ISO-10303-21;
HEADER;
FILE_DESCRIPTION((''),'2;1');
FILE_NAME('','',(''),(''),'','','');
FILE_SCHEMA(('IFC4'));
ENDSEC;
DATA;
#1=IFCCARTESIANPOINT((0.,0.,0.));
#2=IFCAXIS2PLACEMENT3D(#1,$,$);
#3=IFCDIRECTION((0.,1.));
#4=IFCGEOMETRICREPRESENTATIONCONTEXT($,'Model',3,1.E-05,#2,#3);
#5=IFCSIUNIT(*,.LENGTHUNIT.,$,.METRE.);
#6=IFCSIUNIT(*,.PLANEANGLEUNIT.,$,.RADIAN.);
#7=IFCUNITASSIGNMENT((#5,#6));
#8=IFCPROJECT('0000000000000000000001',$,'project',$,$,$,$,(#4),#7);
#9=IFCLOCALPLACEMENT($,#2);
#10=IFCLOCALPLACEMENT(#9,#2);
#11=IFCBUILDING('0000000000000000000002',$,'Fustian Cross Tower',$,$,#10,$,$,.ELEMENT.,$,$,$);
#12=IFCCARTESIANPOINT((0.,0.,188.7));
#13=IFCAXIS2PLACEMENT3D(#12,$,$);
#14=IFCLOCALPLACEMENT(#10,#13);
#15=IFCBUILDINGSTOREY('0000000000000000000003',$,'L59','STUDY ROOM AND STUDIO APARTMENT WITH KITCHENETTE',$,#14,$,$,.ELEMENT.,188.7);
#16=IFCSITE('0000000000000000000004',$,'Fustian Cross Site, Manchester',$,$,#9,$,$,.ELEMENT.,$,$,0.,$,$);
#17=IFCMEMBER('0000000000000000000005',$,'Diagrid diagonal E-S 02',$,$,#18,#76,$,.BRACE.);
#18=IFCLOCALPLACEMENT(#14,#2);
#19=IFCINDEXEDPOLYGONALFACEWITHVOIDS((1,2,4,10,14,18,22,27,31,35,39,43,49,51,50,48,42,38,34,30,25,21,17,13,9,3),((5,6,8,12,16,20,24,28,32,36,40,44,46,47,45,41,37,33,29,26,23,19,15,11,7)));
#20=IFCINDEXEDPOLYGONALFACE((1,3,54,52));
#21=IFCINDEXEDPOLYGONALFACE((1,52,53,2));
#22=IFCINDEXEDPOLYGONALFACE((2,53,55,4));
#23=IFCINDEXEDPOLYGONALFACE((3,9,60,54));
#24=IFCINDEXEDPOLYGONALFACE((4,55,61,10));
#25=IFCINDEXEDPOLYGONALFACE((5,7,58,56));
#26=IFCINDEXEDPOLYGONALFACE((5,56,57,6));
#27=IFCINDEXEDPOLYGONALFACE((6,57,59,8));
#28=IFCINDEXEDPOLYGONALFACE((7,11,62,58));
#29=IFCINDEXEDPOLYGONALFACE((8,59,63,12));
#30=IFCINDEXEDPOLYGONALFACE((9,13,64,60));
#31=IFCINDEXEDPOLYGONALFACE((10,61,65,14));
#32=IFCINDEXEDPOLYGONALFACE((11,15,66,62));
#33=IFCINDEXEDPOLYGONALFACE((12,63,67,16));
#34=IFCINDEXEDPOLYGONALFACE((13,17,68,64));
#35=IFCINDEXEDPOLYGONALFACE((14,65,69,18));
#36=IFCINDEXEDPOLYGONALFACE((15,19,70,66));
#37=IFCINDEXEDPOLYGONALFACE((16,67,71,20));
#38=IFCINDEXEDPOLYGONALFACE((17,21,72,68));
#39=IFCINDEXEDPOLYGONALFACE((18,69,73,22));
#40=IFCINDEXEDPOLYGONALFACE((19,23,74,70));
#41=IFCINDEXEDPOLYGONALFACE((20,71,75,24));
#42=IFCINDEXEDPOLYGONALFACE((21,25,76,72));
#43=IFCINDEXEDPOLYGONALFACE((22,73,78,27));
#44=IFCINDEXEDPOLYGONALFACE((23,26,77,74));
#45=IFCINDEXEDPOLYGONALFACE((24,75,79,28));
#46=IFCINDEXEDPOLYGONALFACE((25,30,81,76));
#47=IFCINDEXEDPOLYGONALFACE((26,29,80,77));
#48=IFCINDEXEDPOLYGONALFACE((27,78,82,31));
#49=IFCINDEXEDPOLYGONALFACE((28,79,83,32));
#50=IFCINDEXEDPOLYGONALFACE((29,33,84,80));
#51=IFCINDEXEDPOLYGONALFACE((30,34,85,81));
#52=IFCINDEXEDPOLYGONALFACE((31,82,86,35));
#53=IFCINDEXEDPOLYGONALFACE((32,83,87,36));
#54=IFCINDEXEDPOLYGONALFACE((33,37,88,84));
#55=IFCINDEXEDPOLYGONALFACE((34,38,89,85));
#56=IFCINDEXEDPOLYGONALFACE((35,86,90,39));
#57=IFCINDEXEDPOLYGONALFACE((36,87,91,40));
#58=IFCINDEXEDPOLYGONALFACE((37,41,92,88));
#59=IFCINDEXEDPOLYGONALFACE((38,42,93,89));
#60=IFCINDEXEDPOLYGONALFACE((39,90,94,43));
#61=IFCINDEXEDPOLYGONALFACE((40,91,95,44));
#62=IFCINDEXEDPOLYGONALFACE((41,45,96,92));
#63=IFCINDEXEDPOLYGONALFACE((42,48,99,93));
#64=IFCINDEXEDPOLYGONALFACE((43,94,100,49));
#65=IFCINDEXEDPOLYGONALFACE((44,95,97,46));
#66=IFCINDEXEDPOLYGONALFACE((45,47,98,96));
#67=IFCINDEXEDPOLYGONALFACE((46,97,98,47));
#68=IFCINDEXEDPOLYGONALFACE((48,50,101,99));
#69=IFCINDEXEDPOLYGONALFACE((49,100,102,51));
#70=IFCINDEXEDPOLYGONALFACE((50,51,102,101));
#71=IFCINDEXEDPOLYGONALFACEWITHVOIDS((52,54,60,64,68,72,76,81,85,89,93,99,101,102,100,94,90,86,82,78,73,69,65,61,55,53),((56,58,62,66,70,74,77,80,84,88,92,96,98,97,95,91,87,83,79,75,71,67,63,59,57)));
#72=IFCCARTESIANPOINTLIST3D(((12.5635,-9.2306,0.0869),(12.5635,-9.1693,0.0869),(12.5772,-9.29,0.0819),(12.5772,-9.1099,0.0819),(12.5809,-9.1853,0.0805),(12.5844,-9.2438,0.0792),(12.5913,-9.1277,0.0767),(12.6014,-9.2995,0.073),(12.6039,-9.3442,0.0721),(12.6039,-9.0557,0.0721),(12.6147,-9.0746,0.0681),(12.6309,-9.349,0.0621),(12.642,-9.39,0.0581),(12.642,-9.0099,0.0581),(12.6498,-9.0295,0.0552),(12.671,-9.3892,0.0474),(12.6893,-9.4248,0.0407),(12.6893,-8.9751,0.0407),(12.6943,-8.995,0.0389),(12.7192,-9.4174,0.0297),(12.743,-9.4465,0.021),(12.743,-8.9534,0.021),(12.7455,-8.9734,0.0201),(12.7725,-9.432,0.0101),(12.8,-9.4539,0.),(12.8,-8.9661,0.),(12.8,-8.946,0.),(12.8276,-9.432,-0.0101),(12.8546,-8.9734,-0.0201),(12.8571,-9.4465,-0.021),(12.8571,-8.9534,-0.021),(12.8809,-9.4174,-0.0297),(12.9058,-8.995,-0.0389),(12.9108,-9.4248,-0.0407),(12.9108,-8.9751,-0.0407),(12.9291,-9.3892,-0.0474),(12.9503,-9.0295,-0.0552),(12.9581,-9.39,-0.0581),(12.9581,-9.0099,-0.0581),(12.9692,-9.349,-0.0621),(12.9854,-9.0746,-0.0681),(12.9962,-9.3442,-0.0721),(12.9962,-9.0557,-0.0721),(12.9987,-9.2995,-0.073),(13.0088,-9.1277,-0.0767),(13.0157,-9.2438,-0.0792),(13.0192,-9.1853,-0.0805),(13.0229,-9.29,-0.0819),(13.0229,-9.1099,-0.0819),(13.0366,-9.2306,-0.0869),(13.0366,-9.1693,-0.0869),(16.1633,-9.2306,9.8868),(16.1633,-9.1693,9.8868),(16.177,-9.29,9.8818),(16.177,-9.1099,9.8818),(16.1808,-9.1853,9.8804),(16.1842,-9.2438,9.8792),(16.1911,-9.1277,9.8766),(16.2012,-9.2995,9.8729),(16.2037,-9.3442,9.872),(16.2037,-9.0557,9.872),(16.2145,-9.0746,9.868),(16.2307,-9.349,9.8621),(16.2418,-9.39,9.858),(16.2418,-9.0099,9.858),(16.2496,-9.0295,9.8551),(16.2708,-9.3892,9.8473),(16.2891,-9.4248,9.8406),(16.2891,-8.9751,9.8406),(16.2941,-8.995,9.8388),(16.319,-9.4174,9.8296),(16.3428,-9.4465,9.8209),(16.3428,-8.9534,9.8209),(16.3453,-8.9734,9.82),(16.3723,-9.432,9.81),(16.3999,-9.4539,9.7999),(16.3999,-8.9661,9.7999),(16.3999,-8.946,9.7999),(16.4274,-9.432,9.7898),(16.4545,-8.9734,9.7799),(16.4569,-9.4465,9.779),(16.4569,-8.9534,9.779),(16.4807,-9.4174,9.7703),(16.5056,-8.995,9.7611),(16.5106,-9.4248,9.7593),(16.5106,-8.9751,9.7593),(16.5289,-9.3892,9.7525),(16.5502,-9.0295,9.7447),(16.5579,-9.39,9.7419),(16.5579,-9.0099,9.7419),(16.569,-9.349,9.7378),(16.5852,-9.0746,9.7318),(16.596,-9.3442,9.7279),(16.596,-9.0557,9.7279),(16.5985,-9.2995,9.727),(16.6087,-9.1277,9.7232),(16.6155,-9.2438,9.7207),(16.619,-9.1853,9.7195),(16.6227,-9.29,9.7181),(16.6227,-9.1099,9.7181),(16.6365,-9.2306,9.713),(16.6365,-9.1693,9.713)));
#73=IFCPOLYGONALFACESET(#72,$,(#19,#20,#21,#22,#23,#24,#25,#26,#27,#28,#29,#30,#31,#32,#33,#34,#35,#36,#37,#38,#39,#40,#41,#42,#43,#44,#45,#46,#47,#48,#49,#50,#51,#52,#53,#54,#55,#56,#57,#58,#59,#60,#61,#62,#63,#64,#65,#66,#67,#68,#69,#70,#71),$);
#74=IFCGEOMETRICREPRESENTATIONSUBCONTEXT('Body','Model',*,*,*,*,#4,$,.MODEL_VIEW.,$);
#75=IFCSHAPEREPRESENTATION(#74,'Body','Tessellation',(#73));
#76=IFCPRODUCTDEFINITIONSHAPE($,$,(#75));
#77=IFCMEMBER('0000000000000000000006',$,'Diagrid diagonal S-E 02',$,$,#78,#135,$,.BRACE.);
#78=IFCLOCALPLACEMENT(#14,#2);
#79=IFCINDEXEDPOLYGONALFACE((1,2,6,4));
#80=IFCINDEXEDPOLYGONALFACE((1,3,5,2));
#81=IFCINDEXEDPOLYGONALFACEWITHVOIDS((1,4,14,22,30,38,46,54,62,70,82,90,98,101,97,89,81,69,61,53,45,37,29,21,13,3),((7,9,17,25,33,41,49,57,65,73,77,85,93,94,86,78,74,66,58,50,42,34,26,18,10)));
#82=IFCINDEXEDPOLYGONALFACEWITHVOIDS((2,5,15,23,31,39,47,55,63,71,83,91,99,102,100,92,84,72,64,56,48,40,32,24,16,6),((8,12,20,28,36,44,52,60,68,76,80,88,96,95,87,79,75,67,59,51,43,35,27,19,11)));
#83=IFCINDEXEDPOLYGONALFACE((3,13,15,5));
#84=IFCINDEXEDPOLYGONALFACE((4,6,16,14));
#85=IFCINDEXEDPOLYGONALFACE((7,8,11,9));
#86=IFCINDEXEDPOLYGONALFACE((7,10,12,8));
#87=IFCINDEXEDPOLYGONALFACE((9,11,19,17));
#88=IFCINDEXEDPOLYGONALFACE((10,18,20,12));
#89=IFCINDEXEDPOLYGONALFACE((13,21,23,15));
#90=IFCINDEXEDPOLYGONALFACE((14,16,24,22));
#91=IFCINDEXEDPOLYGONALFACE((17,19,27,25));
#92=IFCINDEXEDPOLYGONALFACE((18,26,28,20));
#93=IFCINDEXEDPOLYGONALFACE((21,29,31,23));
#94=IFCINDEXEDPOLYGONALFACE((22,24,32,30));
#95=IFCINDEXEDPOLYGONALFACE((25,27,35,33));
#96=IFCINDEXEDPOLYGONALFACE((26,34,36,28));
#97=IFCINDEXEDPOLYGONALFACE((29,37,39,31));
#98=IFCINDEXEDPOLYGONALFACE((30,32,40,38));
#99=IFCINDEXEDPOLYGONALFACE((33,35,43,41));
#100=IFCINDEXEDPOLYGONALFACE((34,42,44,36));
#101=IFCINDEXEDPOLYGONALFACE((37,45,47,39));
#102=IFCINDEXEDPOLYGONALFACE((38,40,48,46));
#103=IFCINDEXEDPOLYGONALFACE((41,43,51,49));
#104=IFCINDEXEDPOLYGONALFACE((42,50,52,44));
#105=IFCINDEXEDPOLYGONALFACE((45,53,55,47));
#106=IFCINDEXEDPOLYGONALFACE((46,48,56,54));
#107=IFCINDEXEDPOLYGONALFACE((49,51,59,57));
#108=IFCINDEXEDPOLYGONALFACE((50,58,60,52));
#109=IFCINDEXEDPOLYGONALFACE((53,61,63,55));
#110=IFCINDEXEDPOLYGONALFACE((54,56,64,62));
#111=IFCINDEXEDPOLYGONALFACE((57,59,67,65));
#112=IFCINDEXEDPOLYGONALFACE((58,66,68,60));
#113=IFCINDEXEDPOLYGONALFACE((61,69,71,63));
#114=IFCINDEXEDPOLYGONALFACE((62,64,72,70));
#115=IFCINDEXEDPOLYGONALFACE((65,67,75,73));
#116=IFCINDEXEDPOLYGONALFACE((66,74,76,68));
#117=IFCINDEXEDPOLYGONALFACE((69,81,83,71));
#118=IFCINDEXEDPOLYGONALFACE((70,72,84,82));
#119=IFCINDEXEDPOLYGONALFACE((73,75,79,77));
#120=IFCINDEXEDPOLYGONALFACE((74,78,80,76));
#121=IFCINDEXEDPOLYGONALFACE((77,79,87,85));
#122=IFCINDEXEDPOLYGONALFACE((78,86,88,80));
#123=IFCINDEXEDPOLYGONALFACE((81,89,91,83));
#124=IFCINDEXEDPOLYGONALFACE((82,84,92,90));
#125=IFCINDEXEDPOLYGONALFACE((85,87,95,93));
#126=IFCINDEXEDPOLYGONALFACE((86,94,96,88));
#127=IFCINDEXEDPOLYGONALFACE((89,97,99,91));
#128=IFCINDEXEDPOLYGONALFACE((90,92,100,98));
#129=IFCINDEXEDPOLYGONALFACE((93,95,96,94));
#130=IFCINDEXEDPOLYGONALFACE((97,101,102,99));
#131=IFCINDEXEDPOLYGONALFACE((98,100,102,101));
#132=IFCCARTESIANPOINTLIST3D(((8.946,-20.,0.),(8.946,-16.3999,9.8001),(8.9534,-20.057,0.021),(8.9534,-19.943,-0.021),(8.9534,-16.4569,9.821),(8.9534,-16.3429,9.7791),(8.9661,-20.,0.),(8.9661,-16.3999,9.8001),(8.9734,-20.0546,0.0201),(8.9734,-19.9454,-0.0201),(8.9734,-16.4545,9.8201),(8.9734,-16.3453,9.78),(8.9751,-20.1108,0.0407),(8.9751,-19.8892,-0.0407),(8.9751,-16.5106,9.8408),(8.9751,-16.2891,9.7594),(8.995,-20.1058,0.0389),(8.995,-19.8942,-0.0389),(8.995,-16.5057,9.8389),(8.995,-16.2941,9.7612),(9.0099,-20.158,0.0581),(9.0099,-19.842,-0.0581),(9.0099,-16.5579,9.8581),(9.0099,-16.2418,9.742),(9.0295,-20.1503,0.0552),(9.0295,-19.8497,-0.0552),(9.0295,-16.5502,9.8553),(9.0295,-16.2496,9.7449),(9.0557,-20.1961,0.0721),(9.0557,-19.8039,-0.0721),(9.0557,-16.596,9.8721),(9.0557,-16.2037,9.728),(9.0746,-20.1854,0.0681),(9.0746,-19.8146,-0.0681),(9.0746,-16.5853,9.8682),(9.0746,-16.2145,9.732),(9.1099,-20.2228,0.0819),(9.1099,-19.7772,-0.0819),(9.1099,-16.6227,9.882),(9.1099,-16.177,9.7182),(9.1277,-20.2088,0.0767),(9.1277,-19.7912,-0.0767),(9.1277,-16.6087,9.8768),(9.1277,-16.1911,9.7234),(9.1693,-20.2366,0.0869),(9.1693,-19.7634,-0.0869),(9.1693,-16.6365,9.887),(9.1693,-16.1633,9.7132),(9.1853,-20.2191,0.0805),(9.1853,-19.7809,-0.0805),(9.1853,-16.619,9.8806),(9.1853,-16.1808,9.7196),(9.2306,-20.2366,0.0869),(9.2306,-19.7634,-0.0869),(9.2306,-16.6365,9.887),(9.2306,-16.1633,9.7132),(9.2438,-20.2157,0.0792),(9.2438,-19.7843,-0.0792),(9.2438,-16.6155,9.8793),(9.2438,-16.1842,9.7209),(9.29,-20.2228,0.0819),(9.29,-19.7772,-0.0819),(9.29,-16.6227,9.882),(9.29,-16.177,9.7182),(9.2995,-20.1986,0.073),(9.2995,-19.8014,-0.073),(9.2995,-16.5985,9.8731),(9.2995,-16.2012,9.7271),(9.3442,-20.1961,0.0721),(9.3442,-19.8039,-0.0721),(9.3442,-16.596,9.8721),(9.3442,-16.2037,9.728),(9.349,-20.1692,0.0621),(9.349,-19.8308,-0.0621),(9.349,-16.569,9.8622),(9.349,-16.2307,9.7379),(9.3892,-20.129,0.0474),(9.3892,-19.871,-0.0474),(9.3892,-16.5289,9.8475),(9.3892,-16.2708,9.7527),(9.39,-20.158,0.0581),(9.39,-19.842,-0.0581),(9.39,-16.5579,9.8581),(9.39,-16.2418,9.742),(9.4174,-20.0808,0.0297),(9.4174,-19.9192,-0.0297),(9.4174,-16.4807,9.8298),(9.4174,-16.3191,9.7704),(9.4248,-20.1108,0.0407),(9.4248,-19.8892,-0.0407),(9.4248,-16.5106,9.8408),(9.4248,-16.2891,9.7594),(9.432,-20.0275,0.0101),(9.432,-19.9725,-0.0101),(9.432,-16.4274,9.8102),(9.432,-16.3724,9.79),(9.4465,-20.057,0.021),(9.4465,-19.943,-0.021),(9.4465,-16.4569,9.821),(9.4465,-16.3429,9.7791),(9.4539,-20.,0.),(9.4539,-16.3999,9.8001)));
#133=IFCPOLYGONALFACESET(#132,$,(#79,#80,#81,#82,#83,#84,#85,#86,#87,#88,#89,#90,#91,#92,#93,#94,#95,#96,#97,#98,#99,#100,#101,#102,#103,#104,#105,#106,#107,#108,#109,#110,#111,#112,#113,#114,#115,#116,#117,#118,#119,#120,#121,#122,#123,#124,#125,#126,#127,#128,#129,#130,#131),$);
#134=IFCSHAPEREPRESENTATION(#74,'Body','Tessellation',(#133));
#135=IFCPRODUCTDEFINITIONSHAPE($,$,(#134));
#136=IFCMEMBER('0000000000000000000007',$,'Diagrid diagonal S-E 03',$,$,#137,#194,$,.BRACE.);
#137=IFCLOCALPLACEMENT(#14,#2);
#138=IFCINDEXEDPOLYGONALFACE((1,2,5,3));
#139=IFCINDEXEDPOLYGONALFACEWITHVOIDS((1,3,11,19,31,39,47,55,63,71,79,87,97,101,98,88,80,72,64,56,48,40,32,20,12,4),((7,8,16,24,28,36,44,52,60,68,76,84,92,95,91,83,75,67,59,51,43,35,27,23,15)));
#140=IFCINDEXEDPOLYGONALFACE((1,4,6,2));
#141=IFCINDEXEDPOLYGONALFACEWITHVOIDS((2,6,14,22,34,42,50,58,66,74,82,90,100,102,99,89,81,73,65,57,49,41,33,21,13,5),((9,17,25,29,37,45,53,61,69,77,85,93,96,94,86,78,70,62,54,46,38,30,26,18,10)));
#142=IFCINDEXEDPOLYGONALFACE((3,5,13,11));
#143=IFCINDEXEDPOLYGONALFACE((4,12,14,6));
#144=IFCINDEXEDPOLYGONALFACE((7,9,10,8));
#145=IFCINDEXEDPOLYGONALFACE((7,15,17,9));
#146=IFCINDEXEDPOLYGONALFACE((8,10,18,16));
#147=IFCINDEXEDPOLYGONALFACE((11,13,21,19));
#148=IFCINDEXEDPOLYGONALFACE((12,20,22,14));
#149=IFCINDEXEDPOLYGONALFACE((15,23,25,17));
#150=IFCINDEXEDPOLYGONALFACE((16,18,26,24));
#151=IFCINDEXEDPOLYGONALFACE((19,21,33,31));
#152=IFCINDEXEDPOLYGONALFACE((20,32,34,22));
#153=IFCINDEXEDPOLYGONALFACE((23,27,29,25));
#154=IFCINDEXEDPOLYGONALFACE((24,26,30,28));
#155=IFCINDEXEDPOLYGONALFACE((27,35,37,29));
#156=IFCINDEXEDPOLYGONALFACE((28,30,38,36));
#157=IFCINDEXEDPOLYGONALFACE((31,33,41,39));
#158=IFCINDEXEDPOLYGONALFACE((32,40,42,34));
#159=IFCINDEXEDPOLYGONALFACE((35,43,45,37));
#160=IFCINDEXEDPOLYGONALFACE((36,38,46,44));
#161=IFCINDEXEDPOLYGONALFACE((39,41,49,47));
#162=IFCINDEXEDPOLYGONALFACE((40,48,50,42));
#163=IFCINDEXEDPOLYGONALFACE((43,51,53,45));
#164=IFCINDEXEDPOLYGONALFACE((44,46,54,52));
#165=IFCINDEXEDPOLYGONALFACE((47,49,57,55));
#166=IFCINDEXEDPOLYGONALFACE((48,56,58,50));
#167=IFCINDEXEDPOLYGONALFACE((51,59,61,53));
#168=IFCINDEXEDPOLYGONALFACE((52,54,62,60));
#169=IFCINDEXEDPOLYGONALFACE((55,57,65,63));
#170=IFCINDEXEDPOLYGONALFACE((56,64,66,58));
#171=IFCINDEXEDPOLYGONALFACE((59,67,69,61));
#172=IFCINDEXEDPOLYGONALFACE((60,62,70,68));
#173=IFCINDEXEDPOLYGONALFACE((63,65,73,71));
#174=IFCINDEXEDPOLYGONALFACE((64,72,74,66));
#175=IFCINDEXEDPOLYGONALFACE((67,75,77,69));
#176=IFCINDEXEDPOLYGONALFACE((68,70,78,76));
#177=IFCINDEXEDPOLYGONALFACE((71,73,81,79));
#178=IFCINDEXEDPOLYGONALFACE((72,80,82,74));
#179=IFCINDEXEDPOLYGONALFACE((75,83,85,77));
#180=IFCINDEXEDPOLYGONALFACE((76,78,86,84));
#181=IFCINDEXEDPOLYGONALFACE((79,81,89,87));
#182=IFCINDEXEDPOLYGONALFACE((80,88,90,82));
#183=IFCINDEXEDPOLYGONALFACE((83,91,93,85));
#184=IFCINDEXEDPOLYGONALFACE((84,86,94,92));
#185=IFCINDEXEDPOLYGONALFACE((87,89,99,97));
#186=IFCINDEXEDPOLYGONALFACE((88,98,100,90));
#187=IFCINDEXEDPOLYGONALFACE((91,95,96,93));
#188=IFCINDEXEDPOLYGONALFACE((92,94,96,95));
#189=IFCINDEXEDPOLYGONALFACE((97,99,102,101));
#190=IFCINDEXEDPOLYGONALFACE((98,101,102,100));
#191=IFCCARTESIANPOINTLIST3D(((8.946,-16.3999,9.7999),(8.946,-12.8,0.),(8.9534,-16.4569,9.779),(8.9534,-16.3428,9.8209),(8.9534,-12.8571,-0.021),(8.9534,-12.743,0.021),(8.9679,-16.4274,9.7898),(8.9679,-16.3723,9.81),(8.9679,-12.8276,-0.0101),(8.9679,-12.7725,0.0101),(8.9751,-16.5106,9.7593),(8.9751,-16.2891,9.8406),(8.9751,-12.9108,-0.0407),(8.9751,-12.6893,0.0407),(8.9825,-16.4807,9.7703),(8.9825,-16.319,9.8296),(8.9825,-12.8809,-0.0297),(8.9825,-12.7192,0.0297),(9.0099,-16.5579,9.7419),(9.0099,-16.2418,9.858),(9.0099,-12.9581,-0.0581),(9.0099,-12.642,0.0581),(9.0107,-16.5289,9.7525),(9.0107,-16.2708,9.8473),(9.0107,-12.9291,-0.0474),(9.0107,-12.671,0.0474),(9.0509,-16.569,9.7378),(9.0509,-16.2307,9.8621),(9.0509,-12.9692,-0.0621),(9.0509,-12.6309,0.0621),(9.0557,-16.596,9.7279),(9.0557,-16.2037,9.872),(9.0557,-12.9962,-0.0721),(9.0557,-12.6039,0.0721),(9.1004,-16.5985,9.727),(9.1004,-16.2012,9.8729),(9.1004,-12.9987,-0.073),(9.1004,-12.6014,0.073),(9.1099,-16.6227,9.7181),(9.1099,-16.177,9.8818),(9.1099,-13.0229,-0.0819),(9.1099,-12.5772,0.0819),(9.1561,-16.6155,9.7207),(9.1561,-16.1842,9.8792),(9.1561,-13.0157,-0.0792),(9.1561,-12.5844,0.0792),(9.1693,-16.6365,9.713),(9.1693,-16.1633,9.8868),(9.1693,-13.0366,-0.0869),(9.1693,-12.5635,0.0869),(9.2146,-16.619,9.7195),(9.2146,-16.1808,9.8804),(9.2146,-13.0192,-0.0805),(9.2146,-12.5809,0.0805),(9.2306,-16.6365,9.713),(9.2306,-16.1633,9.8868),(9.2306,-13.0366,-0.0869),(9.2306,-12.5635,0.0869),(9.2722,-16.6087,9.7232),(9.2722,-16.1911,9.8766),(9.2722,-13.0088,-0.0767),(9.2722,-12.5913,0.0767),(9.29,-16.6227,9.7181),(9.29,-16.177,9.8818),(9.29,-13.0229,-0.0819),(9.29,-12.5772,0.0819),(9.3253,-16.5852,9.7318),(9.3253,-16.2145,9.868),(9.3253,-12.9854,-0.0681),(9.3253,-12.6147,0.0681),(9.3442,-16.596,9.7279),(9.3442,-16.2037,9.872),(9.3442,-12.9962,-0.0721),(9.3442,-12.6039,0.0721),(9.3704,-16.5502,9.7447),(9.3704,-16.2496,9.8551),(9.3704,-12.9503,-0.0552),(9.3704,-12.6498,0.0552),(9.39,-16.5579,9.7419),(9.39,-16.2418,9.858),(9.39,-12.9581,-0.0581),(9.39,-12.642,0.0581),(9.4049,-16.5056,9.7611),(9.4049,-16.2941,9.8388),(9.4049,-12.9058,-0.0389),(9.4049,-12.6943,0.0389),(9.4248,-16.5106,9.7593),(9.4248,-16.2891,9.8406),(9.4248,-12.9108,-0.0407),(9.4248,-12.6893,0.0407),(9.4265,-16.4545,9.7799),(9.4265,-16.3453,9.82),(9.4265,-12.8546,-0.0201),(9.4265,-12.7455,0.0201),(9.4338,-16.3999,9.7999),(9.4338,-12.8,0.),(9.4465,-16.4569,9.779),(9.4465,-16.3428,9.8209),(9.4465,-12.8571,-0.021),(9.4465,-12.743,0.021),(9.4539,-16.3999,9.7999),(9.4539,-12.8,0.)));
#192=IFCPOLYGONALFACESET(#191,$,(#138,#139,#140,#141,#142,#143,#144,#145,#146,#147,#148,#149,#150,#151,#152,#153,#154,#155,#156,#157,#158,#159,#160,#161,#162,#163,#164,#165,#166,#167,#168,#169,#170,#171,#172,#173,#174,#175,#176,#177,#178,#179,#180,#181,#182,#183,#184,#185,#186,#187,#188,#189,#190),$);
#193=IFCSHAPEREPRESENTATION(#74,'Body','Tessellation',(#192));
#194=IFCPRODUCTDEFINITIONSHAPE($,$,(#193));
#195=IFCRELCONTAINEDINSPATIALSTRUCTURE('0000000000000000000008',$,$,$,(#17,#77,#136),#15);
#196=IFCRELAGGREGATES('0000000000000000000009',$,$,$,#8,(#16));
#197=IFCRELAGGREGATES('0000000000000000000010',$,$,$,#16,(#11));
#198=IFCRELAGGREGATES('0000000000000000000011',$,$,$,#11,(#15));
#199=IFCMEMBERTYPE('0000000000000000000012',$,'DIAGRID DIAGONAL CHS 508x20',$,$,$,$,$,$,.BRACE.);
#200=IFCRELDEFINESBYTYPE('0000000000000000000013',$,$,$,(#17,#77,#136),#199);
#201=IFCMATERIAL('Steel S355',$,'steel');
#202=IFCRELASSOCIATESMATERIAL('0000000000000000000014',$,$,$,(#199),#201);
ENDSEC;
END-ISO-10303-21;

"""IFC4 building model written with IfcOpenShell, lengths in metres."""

from ifc_helpers import new_model, si_unit, direction, frame, origin, origin_2d, place, context, subcontext, project, spatial, hollow_circle, extrude, material, material_profile, profile_set, type_object, element, save


model = new_model("IFC4")

# Units and contexts
model_context = context("Model", 3, precision=1e-05, world=origin(), true_north=direction((0.0, 1.0)))
body_context = subcontext(model_context, "Body", "Model", "MODEL_VIEW")
ifc_project = project(units=[si_unit("LENGTHUNIT", "METRE"), si_unit("PLANEANGLEUNIT", "RADIAN")], contexts=[model_context])

# Site, building, storey
site_placement = place(None, origin())
site = spatial("IfcSite", under=ifc_project, at=site_placement, Name="Fustian Cross Site, Manchester", CompositionType="ELEMENT", RefElevation=0.0)
building_placement = place(site_placement, origin())
building = spatial("IfcBuilding", under=site, at=building_placement, Name="Fustian Cross Tower", CompositionType="ELEMENT")
storey_placement = place(building_placement, frame((0.0, 0.0, 188.7)))
storey = spatial("IfcBuildingStorey", under=building, at=storey_placement, Name="L59", Description="STUDY ROOM AND STUDIO APARTMENT WITH KITCHENETTE", CompositionType="ELEMENT", Elevation=188.7)

# Members
ifc_material_1 = material(Name="Steel S355", Category="steel")
ifc_material_profile_1 = material_profile(ifc_material_1, hollow_circle(Radius=0.2539, WallThickness=0.02, at=origin_2d()), Name="CHS 508x20")
ifc_profile_set_1 = profile_set([ifc_material_profile_1], Name="Steel S355")
member_type_1 = type_object("IfcMemberType", Name="DIAGRID DIAGONAL CHS 508x20", PredefinedType="BRACE", material=ifc_profile_set_1)
member_1_placement = place(storey_placement, frame((12.8, -9.2, 0.0), z_axis=(0.344804, 0.0, 0.938675), x_axis=(0.0, 1.0, 0.0)))
element("IfcMember", 1, at=member_1_placement, inside=storey, type_object=member_type_1, Name="Diagrid diagonal E-S 02", PredefinedType="BRACE", context=body_context, shape_type="SweptSolid", body=[
    extrude(hollow_circle(Radius=0.2539, WallThickness=0.02, at=origin_2d()), origin(), (0.0, 0.0, 1.0), 10.4402),
])
member_2_placement = place(storey_placement, frame((9.2, -20.0, 0.0), z_axis=(0.0, 0.344824, 0.938667), x_axis=(-1.0, 0.0, 0.0)))
element("IfcMember", 2, at=member_2_placement, inside=storey, type_object=member_type_1, Name="Diagrid diagonal S-E 02", PredefinedType="BRACE", context=body_context, shape_type="SweptSolid", body=[
    extrude(hollow_circle(Radius=0.2539, WallThickness=0.02, at=origin_2d()), origin(), (0.0, 0.0, 1.0), 10.4404),
])
member_3_placement = place(storey_placement, frame((9.2, -12.8, 0.0), z_axis=(0.0, -0.344804, 0.938675), x_axis=(1.0, 0.0, 0.0)))
element("IfcMember", 3, at=member_3_placement, inside=storey, type_object=member_type_1, Name="Diagrid diagonal S-E 03", PredefinedType="BRACE", context=body_context, shape_type="SweptSolid", body=[
    extrude(hollow_circle(Radius=0.2539, WallThickness=0.02, at=origin_2d()), origin(), (0.0, 0.0, 1.0), 10.4402),
])

save(model, "model.ifc")
